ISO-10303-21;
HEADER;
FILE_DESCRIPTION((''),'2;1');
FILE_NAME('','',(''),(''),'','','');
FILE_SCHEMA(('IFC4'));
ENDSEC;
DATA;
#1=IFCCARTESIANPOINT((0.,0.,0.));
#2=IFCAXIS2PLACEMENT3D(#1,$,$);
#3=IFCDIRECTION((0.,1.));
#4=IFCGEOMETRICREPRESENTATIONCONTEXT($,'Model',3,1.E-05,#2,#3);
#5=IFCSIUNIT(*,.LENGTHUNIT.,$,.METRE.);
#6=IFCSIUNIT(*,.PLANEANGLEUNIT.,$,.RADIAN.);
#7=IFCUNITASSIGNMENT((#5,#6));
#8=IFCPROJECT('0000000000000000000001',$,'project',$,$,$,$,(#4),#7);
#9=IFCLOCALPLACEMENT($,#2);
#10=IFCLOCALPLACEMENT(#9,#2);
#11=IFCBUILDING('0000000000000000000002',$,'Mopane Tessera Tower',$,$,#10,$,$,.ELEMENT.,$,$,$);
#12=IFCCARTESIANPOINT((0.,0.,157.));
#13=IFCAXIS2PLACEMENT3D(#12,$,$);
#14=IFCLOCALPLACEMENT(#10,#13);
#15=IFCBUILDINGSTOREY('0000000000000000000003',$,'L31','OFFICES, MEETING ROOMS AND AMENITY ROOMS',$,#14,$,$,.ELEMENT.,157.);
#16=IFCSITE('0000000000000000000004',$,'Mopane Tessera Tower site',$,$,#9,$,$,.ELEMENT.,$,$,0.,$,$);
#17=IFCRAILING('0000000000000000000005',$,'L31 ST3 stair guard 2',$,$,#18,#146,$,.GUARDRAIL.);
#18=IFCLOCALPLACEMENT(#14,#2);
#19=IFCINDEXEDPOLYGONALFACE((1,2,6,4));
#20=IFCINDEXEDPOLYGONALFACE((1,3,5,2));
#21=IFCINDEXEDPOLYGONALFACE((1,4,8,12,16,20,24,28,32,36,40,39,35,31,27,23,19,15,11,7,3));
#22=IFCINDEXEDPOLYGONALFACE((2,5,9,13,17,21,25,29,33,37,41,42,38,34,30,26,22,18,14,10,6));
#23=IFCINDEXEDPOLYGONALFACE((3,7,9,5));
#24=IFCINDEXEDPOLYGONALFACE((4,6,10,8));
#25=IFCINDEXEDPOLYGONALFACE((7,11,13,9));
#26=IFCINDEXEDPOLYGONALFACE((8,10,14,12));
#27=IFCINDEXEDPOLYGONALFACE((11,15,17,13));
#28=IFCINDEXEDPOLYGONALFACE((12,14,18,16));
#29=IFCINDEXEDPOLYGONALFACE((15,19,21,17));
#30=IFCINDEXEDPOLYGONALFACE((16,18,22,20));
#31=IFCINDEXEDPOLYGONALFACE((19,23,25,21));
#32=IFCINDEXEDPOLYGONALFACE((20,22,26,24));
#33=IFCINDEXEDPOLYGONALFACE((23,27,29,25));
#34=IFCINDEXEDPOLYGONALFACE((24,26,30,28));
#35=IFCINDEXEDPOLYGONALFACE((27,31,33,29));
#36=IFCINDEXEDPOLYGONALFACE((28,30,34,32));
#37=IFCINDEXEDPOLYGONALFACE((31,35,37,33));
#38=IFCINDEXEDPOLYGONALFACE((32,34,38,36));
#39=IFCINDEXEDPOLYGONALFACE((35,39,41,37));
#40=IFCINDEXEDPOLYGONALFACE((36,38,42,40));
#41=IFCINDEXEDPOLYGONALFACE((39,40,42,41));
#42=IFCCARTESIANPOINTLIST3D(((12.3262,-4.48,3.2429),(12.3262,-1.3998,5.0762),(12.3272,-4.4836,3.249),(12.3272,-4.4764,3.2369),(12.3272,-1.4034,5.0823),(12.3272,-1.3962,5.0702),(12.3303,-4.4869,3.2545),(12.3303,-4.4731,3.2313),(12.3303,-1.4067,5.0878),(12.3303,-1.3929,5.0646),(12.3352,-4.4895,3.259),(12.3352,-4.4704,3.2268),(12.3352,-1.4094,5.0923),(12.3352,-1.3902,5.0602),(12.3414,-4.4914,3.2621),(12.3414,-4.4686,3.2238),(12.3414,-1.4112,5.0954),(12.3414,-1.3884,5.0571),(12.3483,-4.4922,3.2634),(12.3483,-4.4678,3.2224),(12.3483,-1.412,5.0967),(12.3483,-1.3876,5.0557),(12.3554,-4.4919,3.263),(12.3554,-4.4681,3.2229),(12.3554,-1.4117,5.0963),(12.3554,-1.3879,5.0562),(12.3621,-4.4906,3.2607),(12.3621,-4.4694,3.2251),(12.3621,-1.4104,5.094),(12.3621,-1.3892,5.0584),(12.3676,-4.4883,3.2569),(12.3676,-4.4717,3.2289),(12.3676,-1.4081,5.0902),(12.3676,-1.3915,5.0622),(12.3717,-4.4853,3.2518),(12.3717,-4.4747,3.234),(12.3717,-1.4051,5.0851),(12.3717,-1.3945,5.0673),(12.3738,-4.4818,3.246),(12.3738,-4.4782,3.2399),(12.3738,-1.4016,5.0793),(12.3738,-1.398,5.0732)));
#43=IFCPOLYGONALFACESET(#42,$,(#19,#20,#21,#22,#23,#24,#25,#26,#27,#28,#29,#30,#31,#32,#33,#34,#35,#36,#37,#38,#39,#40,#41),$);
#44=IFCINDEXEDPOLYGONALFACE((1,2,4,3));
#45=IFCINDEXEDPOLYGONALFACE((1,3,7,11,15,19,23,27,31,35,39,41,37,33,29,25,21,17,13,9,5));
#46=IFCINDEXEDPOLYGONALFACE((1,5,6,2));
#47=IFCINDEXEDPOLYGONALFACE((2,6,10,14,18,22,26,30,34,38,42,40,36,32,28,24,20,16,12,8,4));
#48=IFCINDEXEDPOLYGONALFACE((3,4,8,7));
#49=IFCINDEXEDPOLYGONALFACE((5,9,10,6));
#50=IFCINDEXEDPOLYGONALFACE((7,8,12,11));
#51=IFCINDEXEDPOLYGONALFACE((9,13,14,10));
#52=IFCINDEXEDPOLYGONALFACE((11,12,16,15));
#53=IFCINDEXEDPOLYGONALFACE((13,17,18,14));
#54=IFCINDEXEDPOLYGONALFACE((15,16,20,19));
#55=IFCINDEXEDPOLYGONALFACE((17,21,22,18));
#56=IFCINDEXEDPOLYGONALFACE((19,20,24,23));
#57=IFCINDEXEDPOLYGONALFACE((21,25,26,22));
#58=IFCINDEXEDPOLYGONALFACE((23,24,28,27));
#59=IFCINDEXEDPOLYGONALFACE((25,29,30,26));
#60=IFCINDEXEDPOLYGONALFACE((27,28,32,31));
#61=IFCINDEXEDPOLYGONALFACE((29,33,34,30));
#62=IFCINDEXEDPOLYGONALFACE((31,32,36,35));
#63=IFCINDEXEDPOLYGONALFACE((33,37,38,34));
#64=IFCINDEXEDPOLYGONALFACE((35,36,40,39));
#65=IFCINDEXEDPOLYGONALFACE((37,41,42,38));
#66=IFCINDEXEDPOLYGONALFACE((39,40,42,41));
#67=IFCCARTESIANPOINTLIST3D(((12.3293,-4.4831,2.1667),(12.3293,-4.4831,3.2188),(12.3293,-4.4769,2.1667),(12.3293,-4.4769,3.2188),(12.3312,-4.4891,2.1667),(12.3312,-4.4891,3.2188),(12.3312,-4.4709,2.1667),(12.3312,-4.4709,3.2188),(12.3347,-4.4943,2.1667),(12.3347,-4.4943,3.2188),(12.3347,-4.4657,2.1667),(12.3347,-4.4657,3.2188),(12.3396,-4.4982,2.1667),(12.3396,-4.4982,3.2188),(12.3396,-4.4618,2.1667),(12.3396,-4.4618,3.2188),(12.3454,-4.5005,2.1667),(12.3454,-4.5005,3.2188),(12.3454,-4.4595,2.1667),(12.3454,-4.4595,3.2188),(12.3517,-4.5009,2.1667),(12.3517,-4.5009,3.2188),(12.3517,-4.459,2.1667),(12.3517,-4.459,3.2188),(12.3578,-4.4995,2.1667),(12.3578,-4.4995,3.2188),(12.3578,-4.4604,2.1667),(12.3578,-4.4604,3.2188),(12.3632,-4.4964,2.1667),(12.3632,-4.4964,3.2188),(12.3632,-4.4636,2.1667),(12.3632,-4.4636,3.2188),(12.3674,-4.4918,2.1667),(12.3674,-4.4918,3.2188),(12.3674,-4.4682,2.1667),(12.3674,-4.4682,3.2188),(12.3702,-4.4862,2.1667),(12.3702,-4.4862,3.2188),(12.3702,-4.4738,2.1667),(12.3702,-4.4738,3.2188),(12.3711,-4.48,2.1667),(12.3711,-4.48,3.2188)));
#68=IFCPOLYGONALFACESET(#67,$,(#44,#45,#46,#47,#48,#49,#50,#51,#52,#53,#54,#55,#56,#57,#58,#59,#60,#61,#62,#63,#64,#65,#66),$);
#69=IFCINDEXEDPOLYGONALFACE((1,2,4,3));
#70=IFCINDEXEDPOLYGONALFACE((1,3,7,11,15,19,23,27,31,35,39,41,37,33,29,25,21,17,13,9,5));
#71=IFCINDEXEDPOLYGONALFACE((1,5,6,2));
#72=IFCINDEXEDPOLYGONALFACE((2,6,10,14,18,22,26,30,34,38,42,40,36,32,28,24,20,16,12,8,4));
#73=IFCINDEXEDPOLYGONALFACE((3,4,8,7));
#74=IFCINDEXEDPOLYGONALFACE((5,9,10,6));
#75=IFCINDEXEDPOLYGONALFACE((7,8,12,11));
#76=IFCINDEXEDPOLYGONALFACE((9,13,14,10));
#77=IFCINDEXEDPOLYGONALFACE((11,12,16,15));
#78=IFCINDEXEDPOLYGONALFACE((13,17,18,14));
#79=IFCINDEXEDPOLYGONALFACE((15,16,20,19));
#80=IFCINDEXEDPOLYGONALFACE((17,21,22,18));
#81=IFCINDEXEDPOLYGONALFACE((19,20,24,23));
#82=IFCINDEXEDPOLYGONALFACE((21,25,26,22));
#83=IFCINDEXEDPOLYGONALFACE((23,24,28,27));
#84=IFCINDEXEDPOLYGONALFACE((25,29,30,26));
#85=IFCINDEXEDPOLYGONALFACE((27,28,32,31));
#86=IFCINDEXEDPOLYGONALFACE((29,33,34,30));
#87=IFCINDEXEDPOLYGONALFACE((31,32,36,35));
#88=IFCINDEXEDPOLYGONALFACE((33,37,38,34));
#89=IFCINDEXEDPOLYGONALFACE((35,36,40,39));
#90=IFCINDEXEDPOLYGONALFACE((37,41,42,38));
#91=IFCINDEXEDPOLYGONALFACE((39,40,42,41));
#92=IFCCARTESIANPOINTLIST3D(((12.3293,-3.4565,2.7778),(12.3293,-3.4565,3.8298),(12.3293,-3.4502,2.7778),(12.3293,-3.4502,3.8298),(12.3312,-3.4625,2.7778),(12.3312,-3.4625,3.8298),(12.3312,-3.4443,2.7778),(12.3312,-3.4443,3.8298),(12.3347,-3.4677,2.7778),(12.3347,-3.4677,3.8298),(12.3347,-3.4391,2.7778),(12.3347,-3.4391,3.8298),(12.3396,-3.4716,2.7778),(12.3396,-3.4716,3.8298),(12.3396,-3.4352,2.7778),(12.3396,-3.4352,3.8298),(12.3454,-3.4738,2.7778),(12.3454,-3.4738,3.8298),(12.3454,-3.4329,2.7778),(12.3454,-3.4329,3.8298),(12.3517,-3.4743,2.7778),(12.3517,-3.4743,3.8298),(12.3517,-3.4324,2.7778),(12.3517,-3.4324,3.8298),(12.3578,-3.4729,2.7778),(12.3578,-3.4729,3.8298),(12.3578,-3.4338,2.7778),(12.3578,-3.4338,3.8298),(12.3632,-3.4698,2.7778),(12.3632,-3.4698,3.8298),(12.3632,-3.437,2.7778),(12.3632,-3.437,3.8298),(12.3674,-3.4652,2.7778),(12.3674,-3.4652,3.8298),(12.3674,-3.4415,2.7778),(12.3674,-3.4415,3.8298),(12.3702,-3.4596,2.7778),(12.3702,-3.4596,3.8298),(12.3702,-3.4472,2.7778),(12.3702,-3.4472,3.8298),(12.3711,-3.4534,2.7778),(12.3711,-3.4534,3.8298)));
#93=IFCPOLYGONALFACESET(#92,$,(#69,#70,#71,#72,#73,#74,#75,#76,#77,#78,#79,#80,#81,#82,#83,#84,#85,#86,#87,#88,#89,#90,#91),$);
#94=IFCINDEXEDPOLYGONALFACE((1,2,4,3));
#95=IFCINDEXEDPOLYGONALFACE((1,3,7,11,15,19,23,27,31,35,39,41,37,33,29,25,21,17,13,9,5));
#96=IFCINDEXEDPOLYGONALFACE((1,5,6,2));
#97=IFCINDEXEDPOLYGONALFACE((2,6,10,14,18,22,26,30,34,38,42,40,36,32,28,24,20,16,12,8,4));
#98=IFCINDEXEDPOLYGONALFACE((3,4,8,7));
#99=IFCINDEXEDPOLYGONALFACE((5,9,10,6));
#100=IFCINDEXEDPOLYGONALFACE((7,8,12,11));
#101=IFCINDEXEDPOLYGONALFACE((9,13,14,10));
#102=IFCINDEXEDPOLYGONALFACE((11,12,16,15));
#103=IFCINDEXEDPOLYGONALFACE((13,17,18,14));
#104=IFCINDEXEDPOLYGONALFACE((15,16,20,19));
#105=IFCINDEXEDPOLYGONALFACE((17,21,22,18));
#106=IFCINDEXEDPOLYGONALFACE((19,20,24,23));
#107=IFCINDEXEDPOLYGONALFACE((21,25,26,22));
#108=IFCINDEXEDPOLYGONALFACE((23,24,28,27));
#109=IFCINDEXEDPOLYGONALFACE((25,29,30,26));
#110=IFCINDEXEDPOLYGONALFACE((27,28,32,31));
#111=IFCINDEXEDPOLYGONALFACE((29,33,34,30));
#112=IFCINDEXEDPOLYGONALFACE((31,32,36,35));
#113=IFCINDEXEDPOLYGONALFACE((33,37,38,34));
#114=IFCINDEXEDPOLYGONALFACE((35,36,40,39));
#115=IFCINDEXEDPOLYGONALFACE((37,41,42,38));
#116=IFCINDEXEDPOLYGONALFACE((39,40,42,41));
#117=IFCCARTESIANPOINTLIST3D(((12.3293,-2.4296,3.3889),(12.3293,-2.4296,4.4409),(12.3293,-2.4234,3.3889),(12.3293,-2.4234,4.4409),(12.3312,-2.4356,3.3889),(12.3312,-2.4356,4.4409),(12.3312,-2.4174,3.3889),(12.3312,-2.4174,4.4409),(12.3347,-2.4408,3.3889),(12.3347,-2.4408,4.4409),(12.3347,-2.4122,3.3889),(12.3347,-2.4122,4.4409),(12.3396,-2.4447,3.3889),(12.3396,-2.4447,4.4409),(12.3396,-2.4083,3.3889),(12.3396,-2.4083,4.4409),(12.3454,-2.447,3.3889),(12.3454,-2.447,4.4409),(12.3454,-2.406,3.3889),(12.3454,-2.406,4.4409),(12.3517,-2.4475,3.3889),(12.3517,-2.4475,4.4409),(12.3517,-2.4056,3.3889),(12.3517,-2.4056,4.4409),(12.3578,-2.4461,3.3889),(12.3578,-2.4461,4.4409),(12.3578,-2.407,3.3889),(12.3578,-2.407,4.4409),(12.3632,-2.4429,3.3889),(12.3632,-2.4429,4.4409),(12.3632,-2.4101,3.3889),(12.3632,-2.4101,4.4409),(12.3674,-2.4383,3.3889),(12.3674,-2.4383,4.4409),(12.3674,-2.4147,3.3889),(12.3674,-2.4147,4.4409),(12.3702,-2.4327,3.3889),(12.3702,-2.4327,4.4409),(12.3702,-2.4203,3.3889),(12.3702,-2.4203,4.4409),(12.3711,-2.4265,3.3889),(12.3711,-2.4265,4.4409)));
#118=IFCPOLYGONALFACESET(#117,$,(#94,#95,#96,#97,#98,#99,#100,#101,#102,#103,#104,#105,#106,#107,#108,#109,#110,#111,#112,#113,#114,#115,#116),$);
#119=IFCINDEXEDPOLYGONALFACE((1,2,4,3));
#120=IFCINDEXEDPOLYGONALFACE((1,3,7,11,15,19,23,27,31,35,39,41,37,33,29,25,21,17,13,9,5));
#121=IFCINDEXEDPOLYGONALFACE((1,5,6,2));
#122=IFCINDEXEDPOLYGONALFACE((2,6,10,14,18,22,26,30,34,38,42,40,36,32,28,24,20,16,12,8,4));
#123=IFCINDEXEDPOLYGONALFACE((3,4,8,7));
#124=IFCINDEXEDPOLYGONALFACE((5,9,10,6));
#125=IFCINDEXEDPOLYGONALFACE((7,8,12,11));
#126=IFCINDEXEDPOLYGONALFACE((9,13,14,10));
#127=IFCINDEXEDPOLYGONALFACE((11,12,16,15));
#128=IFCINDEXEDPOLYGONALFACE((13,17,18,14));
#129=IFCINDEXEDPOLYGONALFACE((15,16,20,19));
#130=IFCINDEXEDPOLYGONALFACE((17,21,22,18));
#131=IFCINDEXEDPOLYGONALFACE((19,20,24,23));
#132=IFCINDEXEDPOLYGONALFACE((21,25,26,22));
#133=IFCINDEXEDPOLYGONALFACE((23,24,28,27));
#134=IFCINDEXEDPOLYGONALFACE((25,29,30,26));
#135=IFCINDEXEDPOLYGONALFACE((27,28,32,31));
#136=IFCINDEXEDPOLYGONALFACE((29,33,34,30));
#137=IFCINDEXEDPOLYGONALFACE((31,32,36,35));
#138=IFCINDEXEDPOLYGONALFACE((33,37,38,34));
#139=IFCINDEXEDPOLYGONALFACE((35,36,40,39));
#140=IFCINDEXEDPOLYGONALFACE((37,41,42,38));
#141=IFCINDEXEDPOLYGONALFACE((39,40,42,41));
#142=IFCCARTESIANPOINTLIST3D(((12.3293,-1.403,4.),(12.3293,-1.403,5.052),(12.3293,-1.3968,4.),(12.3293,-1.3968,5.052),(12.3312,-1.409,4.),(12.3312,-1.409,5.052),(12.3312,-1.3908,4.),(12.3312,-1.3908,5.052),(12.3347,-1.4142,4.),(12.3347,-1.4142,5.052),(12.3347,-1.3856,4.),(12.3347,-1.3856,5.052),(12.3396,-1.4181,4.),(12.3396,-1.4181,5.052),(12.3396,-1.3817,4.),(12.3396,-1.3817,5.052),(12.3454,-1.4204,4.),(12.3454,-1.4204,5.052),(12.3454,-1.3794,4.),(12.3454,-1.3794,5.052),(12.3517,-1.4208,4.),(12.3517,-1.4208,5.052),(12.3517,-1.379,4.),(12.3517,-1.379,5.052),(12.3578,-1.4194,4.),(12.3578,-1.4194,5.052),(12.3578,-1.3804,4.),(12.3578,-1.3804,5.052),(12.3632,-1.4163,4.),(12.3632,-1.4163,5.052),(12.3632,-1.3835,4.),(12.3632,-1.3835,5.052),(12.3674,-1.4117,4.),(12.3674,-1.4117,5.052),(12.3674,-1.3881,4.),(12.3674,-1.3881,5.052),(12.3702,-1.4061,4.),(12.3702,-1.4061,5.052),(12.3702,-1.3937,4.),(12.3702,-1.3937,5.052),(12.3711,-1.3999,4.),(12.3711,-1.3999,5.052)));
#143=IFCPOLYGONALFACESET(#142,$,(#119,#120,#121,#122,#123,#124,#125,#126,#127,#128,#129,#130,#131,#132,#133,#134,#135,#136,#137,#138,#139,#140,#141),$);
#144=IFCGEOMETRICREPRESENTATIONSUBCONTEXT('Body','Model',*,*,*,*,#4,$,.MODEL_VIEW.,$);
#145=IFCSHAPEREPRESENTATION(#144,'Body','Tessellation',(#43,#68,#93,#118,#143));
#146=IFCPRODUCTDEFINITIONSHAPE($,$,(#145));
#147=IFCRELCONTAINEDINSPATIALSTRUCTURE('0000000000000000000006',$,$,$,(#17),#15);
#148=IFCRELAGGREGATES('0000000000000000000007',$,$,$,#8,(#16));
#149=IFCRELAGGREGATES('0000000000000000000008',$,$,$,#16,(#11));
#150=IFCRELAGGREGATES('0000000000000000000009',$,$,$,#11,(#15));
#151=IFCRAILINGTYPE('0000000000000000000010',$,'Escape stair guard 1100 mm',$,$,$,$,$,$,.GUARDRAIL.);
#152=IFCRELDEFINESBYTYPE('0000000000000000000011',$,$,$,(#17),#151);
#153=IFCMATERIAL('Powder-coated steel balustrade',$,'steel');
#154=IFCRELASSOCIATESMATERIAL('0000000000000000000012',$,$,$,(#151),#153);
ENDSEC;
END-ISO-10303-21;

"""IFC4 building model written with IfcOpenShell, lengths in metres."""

from ifc_helpers import new_model, si_unit, direction, frame, origin, origin_2d, place, context, subcontext, project, spatial, circle, extrude, material, type_object, element, save


model = new_model("IFC4")

# Units and contexts
model_context = context("Model", 3, precision=1e-05, world=origin(), true_north=direction((0.0, 1.0)))
body_context = subcontext(model_context, "Body", "Model", "MODEL_VIEW")
ifc_project = project(units=[si_unit("LENGTHUNIT", "METRE"), si_unit("PLANEANGLEUNIT", "RADIAN")], contexts=[model_context])

# Site, building, storey
site_placement = place(None, origin())
site = spatial("IfcSite", under=ifc_project, at=site_placement, Name="Mopane Tessera Tower site", CompositionType="ELEMENT", RefElevation=0.0)
building_placement = place(site_placement, origin())
building = spatial("IfcBuilding", under=site, at=building_placement, Name="Mopane Tessera Tower", CompositionType="ELEMENT")
storey_placement = place(building_placement, frame((0.0, 0.0, 157.0)))
storey = spatial("IfcBuildingStorey", under=building, at=storey_placement, Name="L31", Description="OFFICES, MEETING ROOMS AND AMENITY ROOMS", CompositionType="ELEMENT", Elevation=157.0)

# Railing
ifc_material_1 = material(Name="Powder-coated steel balustrade", Category="steel")
railing_type_1 = type_object("IfcRailingType", Name="Escape stair guard 1100 mm", PredefinedType="GUARDRAIL", material=ifc_material_1)
railing_1_placement = place(storey_placement, frame((12.3501, -4.48, 2.1667)))
element("IfcRailing", 1, at=railing_1_placement, inside=storey, type_object=railing_type_1, Name="L31 ST3 stair guard 2", PredefinedType="GUARDRAIL", context=body_context, shape_type="SweptSolid", body=[
    extrude(circle(Radius=0.0239, at=origin_2d()), frame((0.0, 0.0, 1.0762), z_axis=(0.0, 0.859309, 0.511458), x_axis=(-1.0, 0.0, 0.0)), (0.0, 0.0, 1.0), 3.5845),
    extrude(circle(Radius=0.021, at=origin_2d()), origin(), (0.0, 0.0, 1.0), 1.052),
    extrude(circle(Radius=0.021, at=origin_2d()), frame((0.0, 1.0266, 0.6111)), (0.0, 0.0, 1.0), 1.052),
    extrude(circle(Radius=0.021, at=origin_2d()), frame((0.0, 2.0535, 1.2222)), (0.0, 0.0, 1.0), 1.052),
    extrude(circle(Radius=0.021, at=origin_2d()), frame((0.0, 3.0801, 1.8333)), (0.0, 0.0, 1.0), 1.052),
])

save(model, "model.ifc")
